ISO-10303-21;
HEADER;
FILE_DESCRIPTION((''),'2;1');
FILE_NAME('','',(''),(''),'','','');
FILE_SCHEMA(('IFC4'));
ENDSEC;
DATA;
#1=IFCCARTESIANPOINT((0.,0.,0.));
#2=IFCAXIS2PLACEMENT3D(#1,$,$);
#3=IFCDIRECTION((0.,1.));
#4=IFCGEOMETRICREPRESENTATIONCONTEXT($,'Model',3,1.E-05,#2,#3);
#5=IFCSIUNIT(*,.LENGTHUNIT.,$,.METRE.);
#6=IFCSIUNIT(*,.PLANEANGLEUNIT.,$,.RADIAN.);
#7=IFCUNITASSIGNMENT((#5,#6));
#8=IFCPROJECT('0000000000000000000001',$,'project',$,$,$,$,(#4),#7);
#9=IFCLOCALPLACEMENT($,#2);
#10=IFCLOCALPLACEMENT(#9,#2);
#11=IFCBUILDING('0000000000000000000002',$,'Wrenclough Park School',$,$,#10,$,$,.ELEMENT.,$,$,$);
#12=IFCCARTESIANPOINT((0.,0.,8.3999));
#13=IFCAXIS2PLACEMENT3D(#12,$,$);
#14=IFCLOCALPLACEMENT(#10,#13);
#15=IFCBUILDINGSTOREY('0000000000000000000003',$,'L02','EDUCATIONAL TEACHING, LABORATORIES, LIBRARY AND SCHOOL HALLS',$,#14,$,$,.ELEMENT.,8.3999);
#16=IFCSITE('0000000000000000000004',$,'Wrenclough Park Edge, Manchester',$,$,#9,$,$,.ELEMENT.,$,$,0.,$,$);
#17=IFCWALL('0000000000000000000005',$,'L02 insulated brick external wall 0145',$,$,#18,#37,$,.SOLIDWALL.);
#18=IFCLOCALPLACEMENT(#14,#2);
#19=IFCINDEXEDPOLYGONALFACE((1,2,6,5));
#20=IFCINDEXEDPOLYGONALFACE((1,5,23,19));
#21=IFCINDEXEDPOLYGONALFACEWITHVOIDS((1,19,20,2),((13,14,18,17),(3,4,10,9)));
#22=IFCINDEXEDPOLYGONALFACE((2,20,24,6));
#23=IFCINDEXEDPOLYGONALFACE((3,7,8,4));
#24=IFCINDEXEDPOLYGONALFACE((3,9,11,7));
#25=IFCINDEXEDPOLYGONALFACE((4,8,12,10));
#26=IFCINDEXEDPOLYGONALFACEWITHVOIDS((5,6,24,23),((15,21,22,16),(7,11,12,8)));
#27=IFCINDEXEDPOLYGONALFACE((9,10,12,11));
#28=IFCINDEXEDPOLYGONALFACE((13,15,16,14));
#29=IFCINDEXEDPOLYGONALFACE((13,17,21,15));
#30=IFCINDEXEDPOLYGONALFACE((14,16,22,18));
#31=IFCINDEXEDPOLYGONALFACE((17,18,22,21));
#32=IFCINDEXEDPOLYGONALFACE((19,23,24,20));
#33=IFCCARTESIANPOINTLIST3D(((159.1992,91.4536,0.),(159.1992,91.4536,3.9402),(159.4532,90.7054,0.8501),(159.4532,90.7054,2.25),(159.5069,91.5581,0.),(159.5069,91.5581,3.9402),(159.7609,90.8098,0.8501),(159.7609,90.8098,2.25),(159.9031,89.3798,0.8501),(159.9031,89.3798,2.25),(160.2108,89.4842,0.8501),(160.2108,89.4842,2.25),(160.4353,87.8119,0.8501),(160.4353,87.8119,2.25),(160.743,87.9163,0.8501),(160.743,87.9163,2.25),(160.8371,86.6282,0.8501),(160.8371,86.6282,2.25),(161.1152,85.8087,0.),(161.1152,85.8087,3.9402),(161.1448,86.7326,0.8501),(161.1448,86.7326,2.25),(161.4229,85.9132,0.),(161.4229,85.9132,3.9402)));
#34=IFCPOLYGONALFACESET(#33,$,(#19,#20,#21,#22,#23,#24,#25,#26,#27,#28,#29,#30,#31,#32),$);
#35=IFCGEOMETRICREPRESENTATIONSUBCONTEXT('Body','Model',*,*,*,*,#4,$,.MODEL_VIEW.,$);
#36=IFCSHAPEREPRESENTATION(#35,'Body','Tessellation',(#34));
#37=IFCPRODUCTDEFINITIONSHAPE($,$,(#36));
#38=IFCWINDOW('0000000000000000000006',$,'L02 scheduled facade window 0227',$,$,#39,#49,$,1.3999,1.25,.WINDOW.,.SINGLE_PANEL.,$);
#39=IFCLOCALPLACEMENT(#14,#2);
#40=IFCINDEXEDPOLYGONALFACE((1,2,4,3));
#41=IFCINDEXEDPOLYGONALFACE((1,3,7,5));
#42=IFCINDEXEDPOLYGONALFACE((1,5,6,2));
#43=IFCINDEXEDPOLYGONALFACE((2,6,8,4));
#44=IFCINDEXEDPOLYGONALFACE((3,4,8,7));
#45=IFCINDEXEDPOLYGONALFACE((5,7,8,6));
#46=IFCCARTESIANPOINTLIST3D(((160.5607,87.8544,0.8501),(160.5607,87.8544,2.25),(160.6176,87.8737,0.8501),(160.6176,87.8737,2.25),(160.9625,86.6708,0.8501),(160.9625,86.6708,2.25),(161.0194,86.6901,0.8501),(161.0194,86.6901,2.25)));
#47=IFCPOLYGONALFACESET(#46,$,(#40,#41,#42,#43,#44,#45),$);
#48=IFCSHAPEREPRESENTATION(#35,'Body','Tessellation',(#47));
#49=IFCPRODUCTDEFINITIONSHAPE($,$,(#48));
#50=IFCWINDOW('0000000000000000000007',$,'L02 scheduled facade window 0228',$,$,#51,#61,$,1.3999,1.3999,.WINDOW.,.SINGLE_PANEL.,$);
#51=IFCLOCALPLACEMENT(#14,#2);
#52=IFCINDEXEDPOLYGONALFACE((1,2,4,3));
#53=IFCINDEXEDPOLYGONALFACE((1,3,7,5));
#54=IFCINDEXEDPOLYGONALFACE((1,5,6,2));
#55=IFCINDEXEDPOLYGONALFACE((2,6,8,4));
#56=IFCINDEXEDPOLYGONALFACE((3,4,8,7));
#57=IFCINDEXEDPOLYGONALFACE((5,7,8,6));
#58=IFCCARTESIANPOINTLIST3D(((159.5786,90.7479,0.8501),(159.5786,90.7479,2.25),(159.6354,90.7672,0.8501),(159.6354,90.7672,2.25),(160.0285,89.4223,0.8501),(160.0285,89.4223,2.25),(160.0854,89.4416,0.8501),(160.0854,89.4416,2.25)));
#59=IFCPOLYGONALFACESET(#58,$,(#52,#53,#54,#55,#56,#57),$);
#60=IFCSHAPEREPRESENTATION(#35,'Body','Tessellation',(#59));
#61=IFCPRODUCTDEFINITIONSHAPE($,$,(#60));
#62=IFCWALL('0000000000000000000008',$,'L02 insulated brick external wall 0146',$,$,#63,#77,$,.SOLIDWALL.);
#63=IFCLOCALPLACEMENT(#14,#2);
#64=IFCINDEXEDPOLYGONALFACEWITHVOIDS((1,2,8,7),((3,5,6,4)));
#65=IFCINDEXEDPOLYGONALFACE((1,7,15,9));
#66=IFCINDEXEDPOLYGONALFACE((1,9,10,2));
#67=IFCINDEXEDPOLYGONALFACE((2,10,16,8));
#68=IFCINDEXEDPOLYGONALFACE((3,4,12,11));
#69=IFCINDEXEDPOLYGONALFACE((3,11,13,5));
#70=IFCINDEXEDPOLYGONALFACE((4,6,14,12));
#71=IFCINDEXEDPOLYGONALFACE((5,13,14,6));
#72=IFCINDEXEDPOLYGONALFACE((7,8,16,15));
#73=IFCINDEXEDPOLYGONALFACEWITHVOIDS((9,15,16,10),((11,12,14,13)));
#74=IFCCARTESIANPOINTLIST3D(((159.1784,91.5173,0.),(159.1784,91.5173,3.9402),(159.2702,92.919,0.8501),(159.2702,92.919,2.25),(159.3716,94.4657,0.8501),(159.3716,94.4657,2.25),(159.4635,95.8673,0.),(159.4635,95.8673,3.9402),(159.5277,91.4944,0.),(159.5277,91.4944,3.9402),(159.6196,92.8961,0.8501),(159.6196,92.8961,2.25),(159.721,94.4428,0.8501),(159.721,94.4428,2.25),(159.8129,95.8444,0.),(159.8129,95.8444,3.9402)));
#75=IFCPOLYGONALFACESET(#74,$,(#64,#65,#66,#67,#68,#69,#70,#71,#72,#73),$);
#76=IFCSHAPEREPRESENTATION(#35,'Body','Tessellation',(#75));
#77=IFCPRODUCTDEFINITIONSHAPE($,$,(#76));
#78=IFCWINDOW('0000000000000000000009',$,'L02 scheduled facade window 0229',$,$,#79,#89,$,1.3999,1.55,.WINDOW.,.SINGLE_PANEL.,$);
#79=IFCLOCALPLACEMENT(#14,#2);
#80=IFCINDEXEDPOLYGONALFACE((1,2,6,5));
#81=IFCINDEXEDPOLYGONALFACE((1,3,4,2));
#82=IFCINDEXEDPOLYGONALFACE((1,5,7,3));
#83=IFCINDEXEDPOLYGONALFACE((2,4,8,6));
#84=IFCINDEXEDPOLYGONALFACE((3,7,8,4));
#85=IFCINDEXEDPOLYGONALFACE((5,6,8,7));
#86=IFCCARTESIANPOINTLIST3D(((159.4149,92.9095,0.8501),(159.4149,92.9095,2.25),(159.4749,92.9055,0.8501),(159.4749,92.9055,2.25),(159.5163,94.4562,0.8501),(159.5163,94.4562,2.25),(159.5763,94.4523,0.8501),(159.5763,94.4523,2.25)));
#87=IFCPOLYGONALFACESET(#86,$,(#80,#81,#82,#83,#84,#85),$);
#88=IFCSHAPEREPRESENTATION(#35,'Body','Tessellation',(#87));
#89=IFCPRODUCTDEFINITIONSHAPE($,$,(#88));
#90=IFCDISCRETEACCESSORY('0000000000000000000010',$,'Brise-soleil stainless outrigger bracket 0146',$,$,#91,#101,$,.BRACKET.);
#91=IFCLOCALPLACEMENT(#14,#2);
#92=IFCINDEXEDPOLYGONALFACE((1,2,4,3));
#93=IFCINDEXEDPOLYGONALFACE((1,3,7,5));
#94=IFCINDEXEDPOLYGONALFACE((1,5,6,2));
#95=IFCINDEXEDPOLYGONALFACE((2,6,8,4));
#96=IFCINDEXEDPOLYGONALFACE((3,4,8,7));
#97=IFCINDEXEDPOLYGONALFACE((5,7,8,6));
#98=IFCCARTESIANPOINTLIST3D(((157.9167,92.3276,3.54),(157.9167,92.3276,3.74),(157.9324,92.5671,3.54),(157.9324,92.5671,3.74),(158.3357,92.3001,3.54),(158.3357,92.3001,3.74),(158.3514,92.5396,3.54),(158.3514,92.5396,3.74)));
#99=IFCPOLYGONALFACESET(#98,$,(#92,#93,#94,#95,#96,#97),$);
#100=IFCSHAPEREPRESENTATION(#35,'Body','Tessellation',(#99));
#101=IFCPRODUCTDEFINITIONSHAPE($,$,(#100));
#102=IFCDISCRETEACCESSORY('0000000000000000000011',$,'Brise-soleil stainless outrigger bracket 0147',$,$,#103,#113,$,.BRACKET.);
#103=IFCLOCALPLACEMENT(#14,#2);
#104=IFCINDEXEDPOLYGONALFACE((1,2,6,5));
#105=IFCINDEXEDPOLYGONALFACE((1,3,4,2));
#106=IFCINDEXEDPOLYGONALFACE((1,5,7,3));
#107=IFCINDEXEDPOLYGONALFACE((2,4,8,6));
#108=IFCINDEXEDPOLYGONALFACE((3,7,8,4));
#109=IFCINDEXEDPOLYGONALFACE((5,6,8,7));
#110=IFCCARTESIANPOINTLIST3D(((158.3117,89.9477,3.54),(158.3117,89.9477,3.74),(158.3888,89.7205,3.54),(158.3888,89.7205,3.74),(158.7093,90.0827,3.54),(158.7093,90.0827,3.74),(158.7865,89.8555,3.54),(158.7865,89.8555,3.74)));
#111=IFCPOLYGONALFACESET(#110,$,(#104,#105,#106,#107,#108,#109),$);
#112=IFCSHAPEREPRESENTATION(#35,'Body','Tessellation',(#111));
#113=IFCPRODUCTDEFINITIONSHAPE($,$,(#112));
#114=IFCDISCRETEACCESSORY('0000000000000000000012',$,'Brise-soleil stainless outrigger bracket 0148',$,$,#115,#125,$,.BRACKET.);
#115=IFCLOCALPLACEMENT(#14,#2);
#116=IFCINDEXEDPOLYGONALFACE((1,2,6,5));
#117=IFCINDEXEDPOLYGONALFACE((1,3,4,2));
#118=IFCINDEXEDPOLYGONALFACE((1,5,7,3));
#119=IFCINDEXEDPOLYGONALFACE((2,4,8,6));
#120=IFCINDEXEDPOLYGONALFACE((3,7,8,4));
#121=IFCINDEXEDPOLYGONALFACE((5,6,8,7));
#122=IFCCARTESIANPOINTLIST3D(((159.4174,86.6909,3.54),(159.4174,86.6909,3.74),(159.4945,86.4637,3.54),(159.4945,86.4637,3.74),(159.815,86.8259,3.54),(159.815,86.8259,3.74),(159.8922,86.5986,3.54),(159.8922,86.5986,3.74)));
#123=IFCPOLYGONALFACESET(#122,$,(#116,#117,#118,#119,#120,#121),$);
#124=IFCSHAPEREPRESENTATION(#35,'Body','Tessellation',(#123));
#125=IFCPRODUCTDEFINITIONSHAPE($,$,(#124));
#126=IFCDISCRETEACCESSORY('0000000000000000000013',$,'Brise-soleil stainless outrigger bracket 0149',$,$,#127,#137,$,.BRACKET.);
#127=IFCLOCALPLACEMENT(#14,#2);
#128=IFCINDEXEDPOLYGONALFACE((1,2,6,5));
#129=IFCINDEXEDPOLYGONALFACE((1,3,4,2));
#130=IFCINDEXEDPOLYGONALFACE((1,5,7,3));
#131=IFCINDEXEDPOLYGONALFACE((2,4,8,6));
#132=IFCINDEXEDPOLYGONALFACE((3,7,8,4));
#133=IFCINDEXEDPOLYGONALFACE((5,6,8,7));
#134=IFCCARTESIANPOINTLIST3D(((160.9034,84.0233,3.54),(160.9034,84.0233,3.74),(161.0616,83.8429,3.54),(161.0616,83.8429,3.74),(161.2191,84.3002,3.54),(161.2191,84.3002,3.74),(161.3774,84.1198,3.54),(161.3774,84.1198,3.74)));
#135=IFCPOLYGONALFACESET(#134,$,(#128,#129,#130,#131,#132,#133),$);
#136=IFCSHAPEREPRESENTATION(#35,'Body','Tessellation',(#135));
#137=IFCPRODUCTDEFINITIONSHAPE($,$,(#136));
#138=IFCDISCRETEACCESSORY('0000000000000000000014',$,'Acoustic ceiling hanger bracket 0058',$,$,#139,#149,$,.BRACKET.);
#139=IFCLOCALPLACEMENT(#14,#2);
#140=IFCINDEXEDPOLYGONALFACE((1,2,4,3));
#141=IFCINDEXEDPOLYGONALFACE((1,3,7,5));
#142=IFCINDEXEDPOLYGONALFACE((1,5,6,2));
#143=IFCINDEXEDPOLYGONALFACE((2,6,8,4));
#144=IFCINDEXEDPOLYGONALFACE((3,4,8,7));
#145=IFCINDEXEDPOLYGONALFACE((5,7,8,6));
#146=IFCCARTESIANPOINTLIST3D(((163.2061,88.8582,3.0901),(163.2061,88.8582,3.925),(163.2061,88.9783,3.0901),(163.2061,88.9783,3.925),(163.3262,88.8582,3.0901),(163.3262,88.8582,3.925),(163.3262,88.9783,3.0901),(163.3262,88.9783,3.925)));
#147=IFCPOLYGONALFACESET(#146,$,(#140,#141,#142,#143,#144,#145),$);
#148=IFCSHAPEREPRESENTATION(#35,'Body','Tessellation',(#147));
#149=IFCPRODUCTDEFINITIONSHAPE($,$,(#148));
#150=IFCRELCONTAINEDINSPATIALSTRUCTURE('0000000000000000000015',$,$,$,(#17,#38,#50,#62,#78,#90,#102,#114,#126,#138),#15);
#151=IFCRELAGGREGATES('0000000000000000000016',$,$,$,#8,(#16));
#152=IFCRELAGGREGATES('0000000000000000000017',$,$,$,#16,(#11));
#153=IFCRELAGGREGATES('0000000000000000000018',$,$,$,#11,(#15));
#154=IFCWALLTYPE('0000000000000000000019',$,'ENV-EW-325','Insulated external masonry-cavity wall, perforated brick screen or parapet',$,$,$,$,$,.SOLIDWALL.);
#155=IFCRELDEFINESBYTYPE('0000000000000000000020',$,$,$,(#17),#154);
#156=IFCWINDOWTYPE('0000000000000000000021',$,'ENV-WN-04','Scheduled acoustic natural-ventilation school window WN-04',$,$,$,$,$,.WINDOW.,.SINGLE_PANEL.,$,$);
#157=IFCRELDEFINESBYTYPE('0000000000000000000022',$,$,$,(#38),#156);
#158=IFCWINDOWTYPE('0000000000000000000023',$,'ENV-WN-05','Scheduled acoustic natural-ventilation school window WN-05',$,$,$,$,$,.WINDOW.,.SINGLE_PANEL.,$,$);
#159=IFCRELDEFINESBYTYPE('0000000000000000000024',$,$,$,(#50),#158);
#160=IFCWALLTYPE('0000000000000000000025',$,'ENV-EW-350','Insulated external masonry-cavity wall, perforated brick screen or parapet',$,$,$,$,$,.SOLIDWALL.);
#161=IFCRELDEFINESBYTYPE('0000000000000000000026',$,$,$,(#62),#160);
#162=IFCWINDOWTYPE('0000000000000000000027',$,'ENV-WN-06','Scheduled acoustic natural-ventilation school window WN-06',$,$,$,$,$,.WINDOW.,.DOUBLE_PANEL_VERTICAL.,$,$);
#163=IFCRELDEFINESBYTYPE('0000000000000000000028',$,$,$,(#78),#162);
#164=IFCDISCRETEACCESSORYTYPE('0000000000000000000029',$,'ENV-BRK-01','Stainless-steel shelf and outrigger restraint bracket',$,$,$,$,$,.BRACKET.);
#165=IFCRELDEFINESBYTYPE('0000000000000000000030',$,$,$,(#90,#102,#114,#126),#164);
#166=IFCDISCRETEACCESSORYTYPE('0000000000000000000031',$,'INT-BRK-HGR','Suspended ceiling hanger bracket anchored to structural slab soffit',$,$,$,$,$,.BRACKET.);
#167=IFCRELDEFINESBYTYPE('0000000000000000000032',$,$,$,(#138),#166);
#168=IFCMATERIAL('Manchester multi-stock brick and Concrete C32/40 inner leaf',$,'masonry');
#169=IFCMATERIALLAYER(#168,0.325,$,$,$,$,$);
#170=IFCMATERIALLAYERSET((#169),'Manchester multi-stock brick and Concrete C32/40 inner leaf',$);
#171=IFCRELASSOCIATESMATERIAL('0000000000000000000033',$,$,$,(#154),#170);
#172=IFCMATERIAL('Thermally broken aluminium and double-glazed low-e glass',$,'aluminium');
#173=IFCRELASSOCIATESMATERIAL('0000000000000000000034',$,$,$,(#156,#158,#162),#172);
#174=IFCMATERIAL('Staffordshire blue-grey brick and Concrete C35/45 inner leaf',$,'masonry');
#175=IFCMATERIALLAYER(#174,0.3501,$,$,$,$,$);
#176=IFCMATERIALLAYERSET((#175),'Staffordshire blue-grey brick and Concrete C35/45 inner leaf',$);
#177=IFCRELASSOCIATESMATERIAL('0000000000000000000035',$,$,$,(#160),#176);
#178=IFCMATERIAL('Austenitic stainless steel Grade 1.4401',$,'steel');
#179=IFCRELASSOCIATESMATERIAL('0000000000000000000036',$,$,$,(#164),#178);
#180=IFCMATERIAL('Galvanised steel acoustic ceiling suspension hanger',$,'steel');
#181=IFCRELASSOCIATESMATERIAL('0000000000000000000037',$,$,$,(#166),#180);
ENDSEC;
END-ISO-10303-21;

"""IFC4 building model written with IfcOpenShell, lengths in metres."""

from ifc_helpers import new_model, si_unit, direction, frame, frame_2d, origin, origin_2d, place, context, subcontext, project, spatial, rectangle, extrude, material, layer, layer_set, type_object, element, fill, save


model = new_model("IFC4")

# Units and contexts
model_context = context("Model", 3, precision=1e-05, world=origin(), true_north=direction((0.0, 1.0)))
body_context = subcontext(model_context, "Body", "Model", "MODEL_VIEW")
ifc_project = project(units=[si_unit("LENGTHUNIT", "METRE"), si_unit("PLANEANGLEUNIT", "RADIAN")], contexts=[model_context])

# Site, building, storey
site_placement = place(None, origin())
site = spatial("IfcSite", under=ifc_project, at=site_placement, Name="Wrenclough Park Edge, Manchester", CompositionType="ELEMENT", RefElevation=0.0)
building_placement = place(site_placement, origin())
building = spatial("IfcBuilding", under=site, at=building_placement, Name="Wrenclough Park School", CompositionType="ELEMENT")
storey_placement = place(building_placement, frame((0.0, 0.0, 8.3999)))
storey = spatial("IfcBuildingStorey", under=building, at=storey_placement, Name="L02", Description="EDUCATIONAL TEACHING, LABORATORIES, LIBRARY AND SCHOOL HALLS", CompositionType="ELEMENT", Elevation=8.3999)

# Wall, openings, windows
ifc_material_1 = material(Name="Manchester multi-stock brick and Concrete C32/40 inner leaf", Category="masonry")
ifc_layer_1 = layer(ifc_material_1, 0.325)
ifc_layer_set_1 = layer_set([ifc_layer_1], Name="Manchester multi-stock brick and Concrete C32/40 inner leaf")
wall_type_1 = type_object("IfcWallType", Name="ENV-EW-325", Description="Insulated external masonry-cavity wall, perforated brick screen or parapet", PredefinedType="SOLIDWALL", material=ifc_layer_set_1)
wall_1_placement = place(storey_placement, frame((161.269, 85.8611, 0.0), z_axis=(0.0, 0.0, 1.0), x_axis=(-0.32142, 0.946937, 0.0)))
wall_1 = element("IfcWall", 1, at=wall_1_placement, inside=storey, type_object=wall_type_1, Name="L02 insulated brick external wall 0145", PredefinedType="SOLIDWALL", context=body_context, shape_type="SweptSolid", body=[
    extrude(rectangle(XDim=5.9612, YDim=0.325, at=frame_2d((2.9805, 0.0))), origin(), (0.0, 0.0, 1.0), 3.9402),
])
opening_1_placement = place(wall_1_placement, frame((0.8652, 0.0, 0.8501)))
opening_1 = element("IfcOpeningElement", 2, at=opening_1_placement, cuts=wall_1, PredefinedType="OPENING", context=body_context, shape_type="SweptSolid", body=[
    extrude(rectangle(XDim=1.25, YDim=1.3999, at=frame_2d((0.625, 0.7))), frame((0.0, 0.1724, 0.0), z_axis=(0.0, -1.0, 0.0), x_axis=(1.0, 0.0, 0.0)), (0.0, 0.0, 1.0), 0.345),
])
opening_2_placement = place(wall_1_placement, frame((3.771, 0.0, 0.8501)))
opening_2 = element("IfcOpeningElement", 3, at=opening_2_placement, cuts=wall_1, PredefinedType="OPENING", context=body_context, shape_type="SweptSolid", body=[
    extrude(rectangle(XDim=1.3999, YDim=1.3999, at=frame_2d((0.7, 0.7))), frame((0.0, 0.1724, 0.0), z_axis=(0.0, -1.0, 0.0), x_axis=(1.0, 0.0, 0.0)), (0.0, 0.0, 1.0), 0.345),
])
ifc_material_2 = material(Name="Thermally broken aluminium and double-glazed low-e glass", Category="aluminium")
window_type_1 = type_object("IfcWindowType", Name="ENV-WN-04", Description="Scheduled acoustic natural-ventilation school window WN-04", PartitioningType="SINGLE_PANEL", PredefinedType="WINDOW", material=ifc_material_2)
window_1_placement = place(opening_1_placement, origin())
window_1 = element("IfcWindow", 4, at=window_1_placement, inside=storey, type_object=window_type_1, Name="L02 scheduled facade window 0227", OverallHeight=1.3999, OverallWidth=1.25, PartitioningType="SINGLE_PANEL", PredefinedType="WINDOW", context=body_context, shape_type="SweptSolid", body=[
    extrude(rectangle(XDim=1.25, YDim=1.3999, at=frame_2d((0.625, 0.7))), frame((0.0, 0.03, 0.0), z_axis=(0.0, -1.0, 0.0), x_axis=(1.0, 0.0, 0.0)), (0.0, 0.0, 1.0), 0.0601),
])
fill(opening_1, window_1)
window_type_2 = type_object("IfcWindowType", Name="ENV-WN-05", Description="Scheduled acoustic natural-ventilation school window WN-05", PartitioningType="SINGLE_PANEL", PredefinedType="WINDOW", material=ifc_material_2)
window_2_placement = place(opening_2_placement, origin())
window_2 = element("IfcWindow", 5, at=window_2_placement, inside=storey, type_object=window_type_2, Name="L02 scheduled facade window 0228", OverallHeight=1.3999, OverallWidth=1.3999, PartitioningType="SINGLE_PANEL", PredefinedType="WINDOW", context=body_context, shape_type="SweptSolid", body=[
    extrude(rectangle(XDim=1.3999, YDim=1.3999, at=frame_2d((0.7, 0.7))), frame((0.0, 0.03, 0.0), z_axis=(0.0, -1.0, 0.0), x_axis=(1.0, 0.0, 0.0)), (0.0, 0.0, 1.0), 0.0601),
])
fill(opening_2, window_2)

# Wall, opening, window
ifc_material_3 = material(Name="Staffordshire blue-grey brick and Concrete C35/45 inner leaf", Category="masonry")
ifc_layer_2 = layer(ifc_material_3, 0.3501)
ifc_layer_set_2 = layer_set([ifc_layer_2], Name="Staffordshire blue-grey brick and Concrete C35/45 inner leaf")
wall_type_2 = type_object("IfcWallType", Name="ENV-EW-350", Description="Insulated external masonry-cavity wall, perforated brick screen or parapet", PredefinedType="SOLIDWALL", material=ifc_layer_set_2)
wall_2_placement = place(storey_placement, frame((159.353, 91.5059, 0.0), z_axis=(0.0, 0.0, 1.0), x_axis=(0.065411, 0.997858, 0.0)))
wall_2 = element("IfcWall", 6, at=wall_2_placement, inside=storey, type_object=wall_type_2, Name="L02 insulated brick external wall 0146", PredefinedType="SOLIDWALL", context=body_context, shape_type="SweptSolid", body=[
    extrude(rectangle(XDim=4.3594, YDim=0.3501, at=frame_2d((2.1797, 0.0))), origin(), (0.0, 0.0, 1.0), 3.9402),
])
opening_3_placement = place(wall_2_placement, frame((1.4048, 0.0, 0.8501)))
opening_3 = element("IfcOpeningElement", 7, at=opening_3_placement, cuts=wall_2, PredefinedType="OPENING", context=body_context, shape_type="SweptSolid", body=[
    extrude(rectangle(XDim=1.55, YDim=1.3999, at=frame_2d((0.7749, 0.7))), frame((0.0, 0.1851, 0.0), z_axis=(0.0, -1.0, 0.0), x_axis=(1.0, 0.0, 0.0)), (0.0, 0.0, 1.0), 0.3701),
])
window_type_3 = type_object("IfcWindowType", Name="ENV-WN-06", Description="Scheduled acoustic natural-ventilation school window WN-06", PartitioningType="DOUBLE_PANEL_VERTICAL", PredefinedType="WINDOW", material=ifc_material_2)
window_3_placement = place(opening_3_placement, origin())
window_3 = element("IfcWindow", 8, at=window_3_placement, inside=storey, type_object=window_type_3, Name="L02 scheduled facade window 0229", OverallHeight=1.3999, OverallWidth=1.55, PartitioningType="SINGLE_PANEL", PredefinedType="WINDOW", context=body_context, shape_type="SweptSolid", body=[
    extrude(rectangle(XDim=1.55, YDim=1.3999, at=frame_2d((0.7749, 0.7))), frame((0.0, 0.03, 0.0), z_axis=(0.0, -1.0, 0.0), x_axis=(1.0, 0.0, 0.0)), (0.0, 0.0, 1.0), 0.0601),
])
fill(opening_3, window_3)

# Discrete accessories
ifc_material_4 = material(Name="Austenitic stainless steel Grade 1.4401", Category="steel")
discrete_accessory_type_1 = type_object("IfcDiscreteAccessoryType", Name="ENV-BRK-01", Description="Stainless-steel shelf and outrigger restraint bracket", PredefinedType="BRACKET", material=ifc_material_4)
for number, where, z_axis, x_axis, name in (
    (9, (158.134, 92.4336, 3.54), (0.0, 0.0, 1.0), (-0.0654, -0.997859, 0.0), "Brise-soleil stainless outrigger bracket 0146"),
    (10, (158.5491, 89.9016, 3.54), (0.0, 0.0, 1.0), (0.321441, -0.94693, 0.0), "Brise-soleil stainless outrigger bracket 0147"),
    (11, (159.6548, 86.6448, 3.54), (0.0, 0.0, 1.0), (0.321441, -0.94693, 0.0), "Brise-soleil stainless outrigger bracket 0148"),
    (12, (161.1404, 84.0715, 3.54), (0.0, 0.0, 1.0), (0.659344, -0.751841, 0.0), "Brise-soleil stainless outrigger bracket 0149"),
):
    element("IfcDiscreteAccessory", number, at=place(storey_placement, frame(where, z_axis=z_axis, x_axis=x_axis)), inside=storey, type_object=discrete_accessory_type_1, Name=name, PredefinedType="BRACKET", context=body_context, shape_type="SweptSolid", body=[
        extrude(rectangle(XDim=0.24, YDim=0.4199, at=origin_2d()), origin(), (0.0, 0.0, 1.0), 0.2),
    ])
ifc_material_5 = material(Name="Galvanised steel acoustic ceiling suspension hanger", Category="steel")
discrete_accessory_type_2 = type_object("IfcDiscreteAccessoryType", Name="INT-BRK-HGR", Description="Suspended ceiling hanger bracket anchored to structural slab soffit", PredefinedType="BRACKET", material=ifc_material_5)
discrete_accessory_placement = place(storey_placement, frame((163.2661, 88.9182, 3.0901), z_axis=(0.0, 0.0, 1.0), x_axis=(1.0, 0.0, 0.0)))
element("IfcDiscreteAccessory", 13, at=discrete_accessory_placement, inside=storey, type_object=discrete_accessory_type_2, Name="Acoustic ceiling hanger bracket 0058", PredefinedType="BRACKET", context=body_context, shape_type="SweptSolid", body=[
    extrude(rectangle(XDim=0.1201, YDim=0.1201, at=origin_2d()), origin(), (0.0, 0.0, 1.0), 0.835),
])

save(model, "model.ifc")
